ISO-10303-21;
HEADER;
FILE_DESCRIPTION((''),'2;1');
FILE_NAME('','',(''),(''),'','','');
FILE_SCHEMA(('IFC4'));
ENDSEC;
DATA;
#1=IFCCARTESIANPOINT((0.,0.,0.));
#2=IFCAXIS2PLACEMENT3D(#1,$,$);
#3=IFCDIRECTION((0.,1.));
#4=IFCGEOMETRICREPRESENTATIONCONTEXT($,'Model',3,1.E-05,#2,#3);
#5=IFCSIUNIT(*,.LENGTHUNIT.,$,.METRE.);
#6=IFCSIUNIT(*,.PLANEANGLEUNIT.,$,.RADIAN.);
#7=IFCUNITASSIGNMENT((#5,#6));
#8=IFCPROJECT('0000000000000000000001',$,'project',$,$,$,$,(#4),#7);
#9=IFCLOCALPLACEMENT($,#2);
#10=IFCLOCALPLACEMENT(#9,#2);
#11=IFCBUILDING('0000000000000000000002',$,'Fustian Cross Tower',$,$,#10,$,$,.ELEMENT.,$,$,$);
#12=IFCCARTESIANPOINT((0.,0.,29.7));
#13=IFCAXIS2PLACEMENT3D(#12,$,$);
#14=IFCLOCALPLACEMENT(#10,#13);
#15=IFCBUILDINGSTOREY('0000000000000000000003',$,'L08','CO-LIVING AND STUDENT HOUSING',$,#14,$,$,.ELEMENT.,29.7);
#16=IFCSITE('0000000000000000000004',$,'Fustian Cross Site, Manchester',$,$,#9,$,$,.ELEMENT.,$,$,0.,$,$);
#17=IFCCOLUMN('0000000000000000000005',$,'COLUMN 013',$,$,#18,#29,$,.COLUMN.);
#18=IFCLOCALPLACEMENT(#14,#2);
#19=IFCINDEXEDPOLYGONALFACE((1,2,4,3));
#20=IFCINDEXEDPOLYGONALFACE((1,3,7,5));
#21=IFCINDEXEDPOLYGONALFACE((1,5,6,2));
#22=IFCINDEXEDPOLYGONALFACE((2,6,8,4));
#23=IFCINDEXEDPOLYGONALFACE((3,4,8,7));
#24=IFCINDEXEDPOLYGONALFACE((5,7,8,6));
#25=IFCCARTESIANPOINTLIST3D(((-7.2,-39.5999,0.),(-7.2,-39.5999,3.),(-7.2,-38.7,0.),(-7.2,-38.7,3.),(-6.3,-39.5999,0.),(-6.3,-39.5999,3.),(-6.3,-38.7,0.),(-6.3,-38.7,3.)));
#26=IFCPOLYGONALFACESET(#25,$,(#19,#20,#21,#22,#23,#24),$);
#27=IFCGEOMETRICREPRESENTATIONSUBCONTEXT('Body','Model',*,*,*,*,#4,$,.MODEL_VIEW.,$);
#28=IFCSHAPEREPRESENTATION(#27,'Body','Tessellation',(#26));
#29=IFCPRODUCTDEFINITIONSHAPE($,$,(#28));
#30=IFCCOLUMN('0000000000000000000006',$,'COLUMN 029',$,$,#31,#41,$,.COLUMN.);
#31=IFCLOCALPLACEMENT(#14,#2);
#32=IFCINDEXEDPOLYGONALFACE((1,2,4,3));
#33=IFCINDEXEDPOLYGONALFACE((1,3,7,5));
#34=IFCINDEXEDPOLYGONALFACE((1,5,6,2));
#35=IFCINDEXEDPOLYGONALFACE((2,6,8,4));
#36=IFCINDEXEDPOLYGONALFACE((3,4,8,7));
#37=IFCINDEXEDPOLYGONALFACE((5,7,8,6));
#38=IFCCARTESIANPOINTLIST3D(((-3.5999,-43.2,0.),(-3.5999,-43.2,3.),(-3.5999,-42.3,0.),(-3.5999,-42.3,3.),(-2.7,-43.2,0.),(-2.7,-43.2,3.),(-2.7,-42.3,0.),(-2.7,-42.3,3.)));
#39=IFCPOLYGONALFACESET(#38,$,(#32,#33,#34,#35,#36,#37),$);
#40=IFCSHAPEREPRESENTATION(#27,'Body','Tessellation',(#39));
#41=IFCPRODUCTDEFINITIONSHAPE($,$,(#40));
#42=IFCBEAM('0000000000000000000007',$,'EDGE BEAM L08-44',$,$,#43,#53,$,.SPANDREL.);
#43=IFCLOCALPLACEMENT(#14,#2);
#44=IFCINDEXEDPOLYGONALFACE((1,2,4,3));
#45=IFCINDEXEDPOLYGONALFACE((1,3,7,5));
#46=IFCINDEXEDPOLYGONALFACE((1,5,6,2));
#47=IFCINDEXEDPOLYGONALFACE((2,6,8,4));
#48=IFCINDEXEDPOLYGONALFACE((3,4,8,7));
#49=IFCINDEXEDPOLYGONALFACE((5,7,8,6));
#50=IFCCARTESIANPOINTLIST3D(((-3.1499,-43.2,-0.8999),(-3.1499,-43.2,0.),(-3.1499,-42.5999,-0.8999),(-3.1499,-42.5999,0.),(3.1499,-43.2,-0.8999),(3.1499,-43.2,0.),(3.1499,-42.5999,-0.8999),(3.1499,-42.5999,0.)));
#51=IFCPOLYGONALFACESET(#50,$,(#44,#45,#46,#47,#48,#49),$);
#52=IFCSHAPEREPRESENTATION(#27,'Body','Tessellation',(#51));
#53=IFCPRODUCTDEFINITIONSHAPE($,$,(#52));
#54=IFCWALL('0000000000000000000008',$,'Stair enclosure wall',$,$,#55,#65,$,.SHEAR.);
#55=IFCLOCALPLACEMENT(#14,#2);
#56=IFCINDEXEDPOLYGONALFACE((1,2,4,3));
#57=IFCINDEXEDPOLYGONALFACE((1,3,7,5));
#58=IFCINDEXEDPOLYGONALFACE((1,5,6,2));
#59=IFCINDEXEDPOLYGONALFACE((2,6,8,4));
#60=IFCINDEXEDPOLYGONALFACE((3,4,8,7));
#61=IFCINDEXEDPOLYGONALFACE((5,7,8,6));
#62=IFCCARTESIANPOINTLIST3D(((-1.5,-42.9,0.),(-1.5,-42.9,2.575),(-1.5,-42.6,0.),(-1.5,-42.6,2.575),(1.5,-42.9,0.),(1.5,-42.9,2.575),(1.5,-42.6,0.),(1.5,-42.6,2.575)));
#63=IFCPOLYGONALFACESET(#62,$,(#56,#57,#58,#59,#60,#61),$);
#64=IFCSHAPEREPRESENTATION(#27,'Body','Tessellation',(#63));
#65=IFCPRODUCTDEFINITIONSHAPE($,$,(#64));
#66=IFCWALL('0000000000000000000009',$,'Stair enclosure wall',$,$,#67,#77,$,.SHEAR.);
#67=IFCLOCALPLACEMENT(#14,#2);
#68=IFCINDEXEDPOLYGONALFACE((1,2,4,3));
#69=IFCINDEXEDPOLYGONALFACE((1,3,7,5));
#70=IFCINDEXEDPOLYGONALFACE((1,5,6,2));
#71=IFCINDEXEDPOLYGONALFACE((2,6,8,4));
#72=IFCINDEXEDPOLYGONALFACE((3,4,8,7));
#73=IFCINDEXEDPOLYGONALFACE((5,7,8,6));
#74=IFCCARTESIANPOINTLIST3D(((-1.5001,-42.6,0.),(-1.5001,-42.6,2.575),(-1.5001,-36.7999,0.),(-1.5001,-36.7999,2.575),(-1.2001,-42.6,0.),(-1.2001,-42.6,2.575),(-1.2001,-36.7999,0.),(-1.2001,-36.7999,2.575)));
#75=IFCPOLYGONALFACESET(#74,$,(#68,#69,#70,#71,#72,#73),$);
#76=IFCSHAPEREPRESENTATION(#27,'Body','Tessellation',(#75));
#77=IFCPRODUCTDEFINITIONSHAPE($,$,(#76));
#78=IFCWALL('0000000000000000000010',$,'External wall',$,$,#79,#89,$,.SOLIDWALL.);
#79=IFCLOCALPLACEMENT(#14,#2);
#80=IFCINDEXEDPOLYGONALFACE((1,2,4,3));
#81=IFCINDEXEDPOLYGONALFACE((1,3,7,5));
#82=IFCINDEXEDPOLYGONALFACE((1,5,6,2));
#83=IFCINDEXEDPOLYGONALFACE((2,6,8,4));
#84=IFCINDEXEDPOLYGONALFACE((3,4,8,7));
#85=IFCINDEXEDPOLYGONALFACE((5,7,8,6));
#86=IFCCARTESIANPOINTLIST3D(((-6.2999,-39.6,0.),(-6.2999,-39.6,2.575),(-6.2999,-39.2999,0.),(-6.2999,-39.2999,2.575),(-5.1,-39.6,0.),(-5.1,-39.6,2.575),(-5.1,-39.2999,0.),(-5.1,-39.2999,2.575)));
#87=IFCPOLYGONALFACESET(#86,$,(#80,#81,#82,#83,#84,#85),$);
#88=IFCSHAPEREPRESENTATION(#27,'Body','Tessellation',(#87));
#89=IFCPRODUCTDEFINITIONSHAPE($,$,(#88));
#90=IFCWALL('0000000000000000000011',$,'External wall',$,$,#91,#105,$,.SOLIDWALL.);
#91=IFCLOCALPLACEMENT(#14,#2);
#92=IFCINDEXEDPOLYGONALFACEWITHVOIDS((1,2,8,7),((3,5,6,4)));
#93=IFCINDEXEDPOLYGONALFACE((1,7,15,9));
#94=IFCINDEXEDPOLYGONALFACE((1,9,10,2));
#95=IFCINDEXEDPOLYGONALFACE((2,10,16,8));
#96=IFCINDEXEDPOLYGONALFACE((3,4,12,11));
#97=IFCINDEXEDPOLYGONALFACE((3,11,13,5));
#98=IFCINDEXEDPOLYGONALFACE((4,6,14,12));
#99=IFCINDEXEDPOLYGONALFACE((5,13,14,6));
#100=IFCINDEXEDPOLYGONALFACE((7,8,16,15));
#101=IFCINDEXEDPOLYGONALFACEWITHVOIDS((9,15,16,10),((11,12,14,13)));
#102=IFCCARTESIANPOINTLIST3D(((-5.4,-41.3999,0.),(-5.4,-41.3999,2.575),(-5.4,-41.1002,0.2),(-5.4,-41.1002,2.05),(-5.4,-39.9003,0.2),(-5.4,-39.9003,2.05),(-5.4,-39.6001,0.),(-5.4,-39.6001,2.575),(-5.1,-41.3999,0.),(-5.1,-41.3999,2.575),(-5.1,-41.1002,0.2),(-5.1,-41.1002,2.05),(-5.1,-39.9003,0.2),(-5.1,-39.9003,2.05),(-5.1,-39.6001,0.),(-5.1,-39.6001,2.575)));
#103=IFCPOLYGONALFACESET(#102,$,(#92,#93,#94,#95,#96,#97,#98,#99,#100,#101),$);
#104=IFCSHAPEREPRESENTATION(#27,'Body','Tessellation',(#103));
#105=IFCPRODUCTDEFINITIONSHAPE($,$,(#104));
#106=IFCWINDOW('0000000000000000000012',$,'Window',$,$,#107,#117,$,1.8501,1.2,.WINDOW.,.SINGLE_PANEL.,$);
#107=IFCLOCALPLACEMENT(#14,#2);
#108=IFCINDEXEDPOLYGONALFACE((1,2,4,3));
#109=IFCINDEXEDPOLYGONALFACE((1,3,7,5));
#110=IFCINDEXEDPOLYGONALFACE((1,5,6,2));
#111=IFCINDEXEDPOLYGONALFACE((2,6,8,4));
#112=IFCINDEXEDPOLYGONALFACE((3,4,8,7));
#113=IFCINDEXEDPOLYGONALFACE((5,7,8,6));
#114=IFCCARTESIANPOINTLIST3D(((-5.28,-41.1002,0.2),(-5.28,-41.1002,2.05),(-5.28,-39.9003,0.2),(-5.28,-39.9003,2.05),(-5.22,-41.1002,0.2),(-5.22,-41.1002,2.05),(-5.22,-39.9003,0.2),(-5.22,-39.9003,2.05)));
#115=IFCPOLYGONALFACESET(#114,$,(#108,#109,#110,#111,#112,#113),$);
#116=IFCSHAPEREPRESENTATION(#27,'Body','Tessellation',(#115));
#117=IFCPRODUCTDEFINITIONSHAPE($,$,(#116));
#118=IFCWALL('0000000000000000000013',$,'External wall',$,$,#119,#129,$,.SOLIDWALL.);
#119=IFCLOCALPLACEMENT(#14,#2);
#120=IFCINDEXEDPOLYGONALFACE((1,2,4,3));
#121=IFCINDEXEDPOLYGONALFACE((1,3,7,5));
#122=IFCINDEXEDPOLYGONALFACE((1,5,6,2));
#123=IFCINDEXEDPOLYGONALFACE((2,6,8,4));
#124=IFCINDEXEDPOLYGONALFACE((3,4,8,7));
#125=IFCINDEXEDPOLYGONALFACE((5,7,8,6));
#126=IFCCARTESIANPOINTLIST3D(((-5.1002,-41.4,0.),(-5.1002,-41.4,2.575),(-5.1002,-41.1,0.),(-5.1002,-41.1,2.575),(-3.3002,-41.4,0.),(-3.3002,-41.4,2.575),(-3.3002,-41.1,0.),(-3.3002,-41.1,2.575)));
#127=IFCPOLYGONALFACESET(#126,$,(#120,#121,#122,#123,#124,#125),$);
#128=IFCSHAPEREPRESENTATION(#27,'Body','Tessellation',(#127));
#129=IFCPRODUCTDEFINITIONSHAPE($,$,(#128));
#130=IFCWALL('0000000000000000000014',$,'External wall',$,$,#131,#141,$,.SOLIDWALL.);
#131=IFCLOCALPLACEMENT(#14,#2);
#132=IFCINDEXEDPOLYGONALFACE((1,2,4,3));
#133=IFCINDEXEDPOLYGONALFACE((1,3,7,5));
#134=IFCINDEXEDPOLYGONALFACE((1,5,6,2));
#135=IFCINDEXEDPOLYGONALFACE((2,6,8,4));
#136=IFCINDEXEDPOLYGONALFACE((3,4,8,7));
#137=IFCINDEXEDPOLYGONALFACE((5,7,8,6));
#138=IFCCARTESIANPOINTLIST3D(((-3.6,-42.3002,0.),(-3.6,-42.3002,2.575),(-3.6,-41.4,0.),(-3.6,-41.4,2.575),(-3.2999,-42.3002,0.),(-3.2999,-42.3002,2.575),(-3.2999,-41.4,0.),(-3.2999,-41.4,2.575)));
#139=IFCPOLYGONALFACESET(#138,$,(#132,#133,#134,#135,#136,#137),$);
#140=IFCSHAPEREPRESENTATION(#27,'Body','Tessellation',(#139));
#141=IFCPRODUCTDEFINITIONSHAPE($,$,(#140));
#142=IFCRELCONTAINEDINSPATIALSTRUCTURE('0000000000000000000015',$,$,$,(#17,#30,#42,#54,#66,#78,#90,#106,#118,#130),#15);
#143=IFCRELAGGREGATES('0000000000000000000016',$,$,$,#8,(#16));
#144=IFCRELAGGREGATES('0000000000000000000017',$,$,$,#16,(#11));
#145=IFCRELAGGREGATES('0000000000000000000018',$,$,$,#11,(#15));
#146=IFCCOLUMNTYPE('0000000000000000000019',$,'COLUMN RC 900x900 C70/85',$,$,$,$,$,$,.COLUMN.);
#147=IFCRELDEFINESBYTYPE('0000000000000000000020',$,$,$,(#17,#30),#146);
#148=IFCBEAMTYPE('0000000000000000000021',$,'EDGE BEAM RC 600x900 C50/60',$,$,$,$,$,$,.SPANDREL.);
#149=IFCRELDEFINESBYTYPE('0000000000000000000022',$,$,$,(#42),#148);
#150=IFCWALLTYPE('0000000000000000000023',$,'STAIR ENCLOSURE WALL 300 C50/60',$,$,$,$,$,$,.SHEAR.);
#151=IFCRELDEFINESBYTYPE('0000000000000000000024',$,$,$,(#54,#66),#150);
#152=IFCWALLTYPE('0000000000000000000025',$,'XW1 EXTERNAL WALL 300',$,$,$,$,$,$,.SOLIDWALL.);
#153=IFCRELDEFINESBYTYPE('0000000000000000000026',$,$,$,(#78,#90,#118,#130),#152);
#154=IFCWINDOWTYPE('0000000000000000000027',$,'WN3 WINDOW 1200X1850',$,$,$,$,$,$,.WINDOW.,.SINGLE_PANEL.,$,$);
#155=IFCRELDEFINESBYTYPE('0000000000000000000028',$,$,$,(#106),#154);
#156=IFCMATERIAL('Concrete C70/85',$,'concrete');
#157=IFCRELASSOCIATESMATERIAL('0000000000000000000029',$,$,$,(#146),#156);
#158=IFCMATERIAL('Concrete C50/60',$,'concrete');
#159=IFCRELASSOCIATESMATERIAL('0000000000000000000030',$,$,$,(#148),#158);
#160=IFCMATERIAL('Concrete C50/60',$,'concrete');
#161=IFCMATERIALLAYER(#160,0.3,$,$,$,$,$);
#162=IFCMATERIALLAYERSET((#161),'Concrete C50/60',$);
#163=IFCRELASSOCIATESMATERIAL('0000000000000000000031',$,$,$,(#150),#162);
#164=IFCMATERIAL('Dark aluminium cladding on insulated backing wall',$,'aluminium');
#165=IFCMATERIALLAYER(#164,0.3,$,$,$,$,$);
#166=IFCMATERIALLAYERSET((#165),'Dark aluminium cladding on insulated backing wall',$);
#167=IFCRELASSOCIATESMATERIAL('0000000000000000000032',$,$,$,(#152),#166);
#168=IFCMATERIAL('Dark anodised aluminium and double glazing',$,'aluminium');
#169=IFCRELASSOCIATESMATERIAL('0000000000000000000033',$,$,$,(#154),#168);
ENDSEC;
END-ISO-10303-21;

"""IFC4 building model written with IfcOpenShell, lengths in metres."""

from ifc_helpers import new_model, si_unit, direction, frame, frame_2d, origin, origin_2d, place, context, subcontext, project, spatial, rectangle, extrude, material, layer, layer_set, material_profile, profile_set, type_object, element, fill, save


model = new_model("IFC4")

# Units and contexts
model_context = context("Model", 3, precision=1e-05, world=origin(), true_north=direction((0.0, 1.0)))
body_context = subcontext(model_context, "Body", "Model", "MODEL_VIEW")
ifc_project = project(units=[si_unit("LENGTHUNIT", "METRE"), si_unit("PLANEANGLEUNIT", "RADIAN")], contexts=[model_context])

# Site, building, storey
site_placement = place(None, origin())
site = spatial("IfcSite", under=ifc_project, at=site_placement, Name="Fustian Cross Site, Manchester", CompositionType="ELEMENT", RefElevation=0.0)
building_placement = place(site_placement, origin())
building = spatial("IfcBuilding", under=site, at=building_placement, Name="Fustian Cross Tower", CompositionType="ELEMENT")
storey_placement = place(building_placement, frame((0.0, 0.0, 29.7)))
storey = spatial("IfcBuildingStorey", under=building, at=storey_placement, Name="L08", Description="CO-LIVING AND STUDENT HOUSING", CompositionType="ELEMENT", Elevation=29.7)

# Columns
ifc_material_1 = material(Name="Concrete C70/85", Category="concrete")
ifc_material_profile_1 = material_profile(ifc_material_1, rectangle(XDim=0.8999, YDim=0.8999, at=origin_2d()), Name="RC 900x900")
ifc_profile_set_1 = profile_set([ifc_material_profile_1], Name="Concrete C70/85")
column_type = type_object("IfcColumnType", Name="COLUMN RC 900x900 C70/85", PredefinedType="COLUMN", material=ifc_profile_set_1)
for number, where, z_axis, x_axis, name in (
    (1, (-6.75, -39.1499, 0.0), (0.0, 0.0, 1.0), (1.0, 0.0, 0.0), "COLUMN 013"),
    (2, (-3.1499, -42.75, 0.0), (0.0, 0.0, 1.0), (1.0, 0.0, 0.0), "COLUMN 029"),
):
    element("IfcColumn", number, at=place(storey_placement, frame(where, z_axis=z_axis, x_axis=x_axis)), inside=storey, type_object=column_type, Name=name, PredefinedType="COLUMN", context=body_context, shape_type="SweptSolid", body=[
        extrude(rectangle(XDim=0.8999, YDim=0.8999, at=origin_2d()), origin(), (0.0, 0.0, 1.0), 3.0),
    ])

# Beam
ifc_material_2 = material(Name="Concrete C50/60", Category="concrete")
ifc_material_profile_2 = material_profile(ifc_material_2, rectangle(XDim=0.6001, YDim=0.8999, at=origin_2d()), Name="RC 600x900")
ifc_profile_set_2 = profile_set([ifc_material_profile_2], Name="Concrete C50/60")
beam_type = type_object("IfcBeamType", Name="EDGE BEAM RC 600x900 C50/60", PredefinedType="SPANDREL", material=ifc_profile_set_2)
beam_placement = place(storey_placement, frame((-3.1499, -42.8999, -0.45), z_axis=(1.0, 0.0, 0.0), x_axis=(0.0, 1.0, 0.0)))
element("IfcBeam", 3, at=beam_placement, inside=storey, type_object=beam_type, Name="EDGE BEAM L08-44", PredefinedType="SPANDREL", context=body_context, shape_type="SweptSolid", body=[
    extrude(rectangle(XDim=0.6001, YDim=0.8999, at=origin_2d()), origin(), (0.0, 0.0, 1.0), 6.2998),
])

# Walls
ifc_material_3 = material(Name="Concrete C50/60", Category="concrete")
ifc_layer_1 = layer(ifc_material_3, 0.3)
ifc_layer_set_1 = layer_set([ifc_layer_1], Name="Concrete C50/60")
wall_type_1 = type_object("IfcWallType", Name="STAIR ENCLOSURE WALL 300 C50/60", PredefinedType="SHEAR", material=ifc_layer_set_1)
wall_1_placement = place(storey_placement, frame((-1.5, -42.75, 0.0), z_axis=(0.0, 0.0, 1.0), x_axis=(1.0, 0.0, 0.0)))
element("IfcWall", 4, at=wall_1_placement, inside=storey, type_object=wall_type_1, Name="Stair enclosure wall", PredefinedType="SHEAR", context=body_context, shape_type="SweptSolid", body=[
    extrude(rectangle(XDim=3.0, YDim=0.3, at=frame_2d((1.5, 0.0))), origin(), (0.0, 0.0, 1.0), 2.575),
])
wall_2_placement = place(storey_placement, frame((-1.3501, -36.8, 0.0), z_axis=(0.0, 0.0, 1.0), x_axis=(0.0, -1.0, 0.0)))
element("IfcWall", 5, at=wall_2_placement, inside=storey, type_object=wall_type_1, Name="Stair enclosure wall", PredefinedType="SHEAR", context=body_context, shape_type="SweptSolid", body=[
    extrude(rectangle(XDim=5.8, YDim=0.3, at=frame_2d((2.8999, 0.0))), origin(), (0.0, 0.0, 1.0), 2.575),
])
ifc_material_4 = material(Name="Dark aluminium cladding on insulated backing wall", Category="aluminium")
ifc_layer_2 = layer(ifc_material_4, 0.3)
ifc_layer_set_2 = layer_set([ifc_layer_2], Name="Dark aluminium cladding on insulated backing wall")
wall_type_2 = type_object("IfcWallType", Name="XW1 EXTERNAL WALL 300", PredefinedType="SOLIDWALL", material=ifc_layer_set_2)
wall_3_placement = place(storey_placement, frame((-6.3, -39.45, 0.0), z_axis=(0.0, 0.0, 1.0), x_axis=(1.0, 0.0, 0.0)))
element("IfcWall", 6, at=wall_3_placement, inside=storey, type_object=wall_type_2, Name="External wall", PredefinedType="SOLIDWALL", context=body_context, shape_type="SweptSolid", body=[
    extrude(rectangle(XDim=1.2, YDim=0.3, at=frame_2d((0.6001, 0.0))), origin(), (0.0, 0.0, 1.0), 2.575),
])

# Wall, opening, window
wall_4_placement = place(storey_placement, frame((-5.25, -39.6001, 0.0), z_axis=(0.0, 0.0, 1.0), x_axis=(0.0, -1.0, 0.0)))
wall_4 = element("IfcWall", 7, at=wall_4_placement, inside=storey, type_object=wall_type_2, Name="External wall", PredefinedType="SOLIDWALL", context=body_context, shape_type="SweptSolid", body=[
    extrude(rectangle(XDim=1.7998, YDim=0.3, at=frame_2d((0.8999, 0.0))), origin(), (0.0, 0.0, 1.0), 2.575),
])
opening_1_placement = place(wall_4_placement, frame((0.3, 0.0, 0.2)))
opening_1 = element("IfcOpeningElement", 8, at=opening_1_placement, cuts=wall_4, PredefinedType="OPENING", context=body_context, shape_type="SweptSolid", body=[
    extrude(rectangle(XDim=1.2, YDim=1.8501, at=frame_2d((0.6001, 0.925))), frame((0.0, 0.1599, 0.0), z_axis=(0.0, -1.0, 0.0), x_axis=(1.0, 0.0, 0.0)), (0.0, 0.0, 1.0), 0.3201),
])
ifc_material_5 = material(Name="Dark anodised aluminium and double glazing", Category="aluminium")
window_type_1 = type_object("IfcWindowType", Name="WN3 WINDOW 1200X1850", PartitioningType="SINGLE_PANEL", PredefinedType="WINDOW", material=ifc_material_5)
window_1_placement = place(opening_1_placement, origin())
window_1 = element("IfcWindow", 9, at=window_1_placement, inside=storey, type_object=window_type_1, Name="Window", OverallHeight=1.8501, OverallWidth=1.2, PartitioningType="SINGLE_PANEL", PredefinedType="WINDOW", context=body_context, shape_type="SweptSolid", body=[
    extrude(rectangle(XDim=1.2, YDim=1.8501, at=frame_2d((0.6001, 0.925))), frame((0.0, 0.03, 0.0), z_axis=(0.0, -1.0, 0.0), x_axis=(1.0, 0.0, 0.0)), (0.0, 0.0, 1.0), 0.0601),
])
fill(opening_1, window_1)

# Walls
wall_5_placement = place(storey_placement, frame((-5.1001, -41.25, 0.0), z_axis=(0.0, 0.0, 1.0), x_axis=(1.0, 0.0, 0.0)))
element("IfcWall", 10, at=wall_5_placement, inside=storey, type_object=wall_type_2, Name="External wall", PredefinedType="SOLIDWALL", context=body_context, shape_type="SweptSolid", body=[
    extrude(rectangle(XDim=1.8, YDim=0.3, at=frame_2d((0.8999, 0.0))), origin(), (0.0, 0.0, 1.0), 2.575),
])
wall_6_placement = place(storey_placement, frame((-3.45, -41.3999, 0.0), z_axis=(0.0, 0.0, 1.0), x_axis=(0.0, -1.0, 0.0)))
element("IfcWall", 11, at=wall_6_placement, inside=storey, type_object=wall_type_2, Name="External wall", PredefinedType="SOLIDWALL", context=body_context, shape_type="SweptSolid", body=[
    extrude(rectangle(XDim=0.9001, YDim=0.3, at=frame_2d((0.4502, 0.0))), origin(), (0.0, 0.0, 1.0), 2.575),
])

save(model, "model.ifc")
